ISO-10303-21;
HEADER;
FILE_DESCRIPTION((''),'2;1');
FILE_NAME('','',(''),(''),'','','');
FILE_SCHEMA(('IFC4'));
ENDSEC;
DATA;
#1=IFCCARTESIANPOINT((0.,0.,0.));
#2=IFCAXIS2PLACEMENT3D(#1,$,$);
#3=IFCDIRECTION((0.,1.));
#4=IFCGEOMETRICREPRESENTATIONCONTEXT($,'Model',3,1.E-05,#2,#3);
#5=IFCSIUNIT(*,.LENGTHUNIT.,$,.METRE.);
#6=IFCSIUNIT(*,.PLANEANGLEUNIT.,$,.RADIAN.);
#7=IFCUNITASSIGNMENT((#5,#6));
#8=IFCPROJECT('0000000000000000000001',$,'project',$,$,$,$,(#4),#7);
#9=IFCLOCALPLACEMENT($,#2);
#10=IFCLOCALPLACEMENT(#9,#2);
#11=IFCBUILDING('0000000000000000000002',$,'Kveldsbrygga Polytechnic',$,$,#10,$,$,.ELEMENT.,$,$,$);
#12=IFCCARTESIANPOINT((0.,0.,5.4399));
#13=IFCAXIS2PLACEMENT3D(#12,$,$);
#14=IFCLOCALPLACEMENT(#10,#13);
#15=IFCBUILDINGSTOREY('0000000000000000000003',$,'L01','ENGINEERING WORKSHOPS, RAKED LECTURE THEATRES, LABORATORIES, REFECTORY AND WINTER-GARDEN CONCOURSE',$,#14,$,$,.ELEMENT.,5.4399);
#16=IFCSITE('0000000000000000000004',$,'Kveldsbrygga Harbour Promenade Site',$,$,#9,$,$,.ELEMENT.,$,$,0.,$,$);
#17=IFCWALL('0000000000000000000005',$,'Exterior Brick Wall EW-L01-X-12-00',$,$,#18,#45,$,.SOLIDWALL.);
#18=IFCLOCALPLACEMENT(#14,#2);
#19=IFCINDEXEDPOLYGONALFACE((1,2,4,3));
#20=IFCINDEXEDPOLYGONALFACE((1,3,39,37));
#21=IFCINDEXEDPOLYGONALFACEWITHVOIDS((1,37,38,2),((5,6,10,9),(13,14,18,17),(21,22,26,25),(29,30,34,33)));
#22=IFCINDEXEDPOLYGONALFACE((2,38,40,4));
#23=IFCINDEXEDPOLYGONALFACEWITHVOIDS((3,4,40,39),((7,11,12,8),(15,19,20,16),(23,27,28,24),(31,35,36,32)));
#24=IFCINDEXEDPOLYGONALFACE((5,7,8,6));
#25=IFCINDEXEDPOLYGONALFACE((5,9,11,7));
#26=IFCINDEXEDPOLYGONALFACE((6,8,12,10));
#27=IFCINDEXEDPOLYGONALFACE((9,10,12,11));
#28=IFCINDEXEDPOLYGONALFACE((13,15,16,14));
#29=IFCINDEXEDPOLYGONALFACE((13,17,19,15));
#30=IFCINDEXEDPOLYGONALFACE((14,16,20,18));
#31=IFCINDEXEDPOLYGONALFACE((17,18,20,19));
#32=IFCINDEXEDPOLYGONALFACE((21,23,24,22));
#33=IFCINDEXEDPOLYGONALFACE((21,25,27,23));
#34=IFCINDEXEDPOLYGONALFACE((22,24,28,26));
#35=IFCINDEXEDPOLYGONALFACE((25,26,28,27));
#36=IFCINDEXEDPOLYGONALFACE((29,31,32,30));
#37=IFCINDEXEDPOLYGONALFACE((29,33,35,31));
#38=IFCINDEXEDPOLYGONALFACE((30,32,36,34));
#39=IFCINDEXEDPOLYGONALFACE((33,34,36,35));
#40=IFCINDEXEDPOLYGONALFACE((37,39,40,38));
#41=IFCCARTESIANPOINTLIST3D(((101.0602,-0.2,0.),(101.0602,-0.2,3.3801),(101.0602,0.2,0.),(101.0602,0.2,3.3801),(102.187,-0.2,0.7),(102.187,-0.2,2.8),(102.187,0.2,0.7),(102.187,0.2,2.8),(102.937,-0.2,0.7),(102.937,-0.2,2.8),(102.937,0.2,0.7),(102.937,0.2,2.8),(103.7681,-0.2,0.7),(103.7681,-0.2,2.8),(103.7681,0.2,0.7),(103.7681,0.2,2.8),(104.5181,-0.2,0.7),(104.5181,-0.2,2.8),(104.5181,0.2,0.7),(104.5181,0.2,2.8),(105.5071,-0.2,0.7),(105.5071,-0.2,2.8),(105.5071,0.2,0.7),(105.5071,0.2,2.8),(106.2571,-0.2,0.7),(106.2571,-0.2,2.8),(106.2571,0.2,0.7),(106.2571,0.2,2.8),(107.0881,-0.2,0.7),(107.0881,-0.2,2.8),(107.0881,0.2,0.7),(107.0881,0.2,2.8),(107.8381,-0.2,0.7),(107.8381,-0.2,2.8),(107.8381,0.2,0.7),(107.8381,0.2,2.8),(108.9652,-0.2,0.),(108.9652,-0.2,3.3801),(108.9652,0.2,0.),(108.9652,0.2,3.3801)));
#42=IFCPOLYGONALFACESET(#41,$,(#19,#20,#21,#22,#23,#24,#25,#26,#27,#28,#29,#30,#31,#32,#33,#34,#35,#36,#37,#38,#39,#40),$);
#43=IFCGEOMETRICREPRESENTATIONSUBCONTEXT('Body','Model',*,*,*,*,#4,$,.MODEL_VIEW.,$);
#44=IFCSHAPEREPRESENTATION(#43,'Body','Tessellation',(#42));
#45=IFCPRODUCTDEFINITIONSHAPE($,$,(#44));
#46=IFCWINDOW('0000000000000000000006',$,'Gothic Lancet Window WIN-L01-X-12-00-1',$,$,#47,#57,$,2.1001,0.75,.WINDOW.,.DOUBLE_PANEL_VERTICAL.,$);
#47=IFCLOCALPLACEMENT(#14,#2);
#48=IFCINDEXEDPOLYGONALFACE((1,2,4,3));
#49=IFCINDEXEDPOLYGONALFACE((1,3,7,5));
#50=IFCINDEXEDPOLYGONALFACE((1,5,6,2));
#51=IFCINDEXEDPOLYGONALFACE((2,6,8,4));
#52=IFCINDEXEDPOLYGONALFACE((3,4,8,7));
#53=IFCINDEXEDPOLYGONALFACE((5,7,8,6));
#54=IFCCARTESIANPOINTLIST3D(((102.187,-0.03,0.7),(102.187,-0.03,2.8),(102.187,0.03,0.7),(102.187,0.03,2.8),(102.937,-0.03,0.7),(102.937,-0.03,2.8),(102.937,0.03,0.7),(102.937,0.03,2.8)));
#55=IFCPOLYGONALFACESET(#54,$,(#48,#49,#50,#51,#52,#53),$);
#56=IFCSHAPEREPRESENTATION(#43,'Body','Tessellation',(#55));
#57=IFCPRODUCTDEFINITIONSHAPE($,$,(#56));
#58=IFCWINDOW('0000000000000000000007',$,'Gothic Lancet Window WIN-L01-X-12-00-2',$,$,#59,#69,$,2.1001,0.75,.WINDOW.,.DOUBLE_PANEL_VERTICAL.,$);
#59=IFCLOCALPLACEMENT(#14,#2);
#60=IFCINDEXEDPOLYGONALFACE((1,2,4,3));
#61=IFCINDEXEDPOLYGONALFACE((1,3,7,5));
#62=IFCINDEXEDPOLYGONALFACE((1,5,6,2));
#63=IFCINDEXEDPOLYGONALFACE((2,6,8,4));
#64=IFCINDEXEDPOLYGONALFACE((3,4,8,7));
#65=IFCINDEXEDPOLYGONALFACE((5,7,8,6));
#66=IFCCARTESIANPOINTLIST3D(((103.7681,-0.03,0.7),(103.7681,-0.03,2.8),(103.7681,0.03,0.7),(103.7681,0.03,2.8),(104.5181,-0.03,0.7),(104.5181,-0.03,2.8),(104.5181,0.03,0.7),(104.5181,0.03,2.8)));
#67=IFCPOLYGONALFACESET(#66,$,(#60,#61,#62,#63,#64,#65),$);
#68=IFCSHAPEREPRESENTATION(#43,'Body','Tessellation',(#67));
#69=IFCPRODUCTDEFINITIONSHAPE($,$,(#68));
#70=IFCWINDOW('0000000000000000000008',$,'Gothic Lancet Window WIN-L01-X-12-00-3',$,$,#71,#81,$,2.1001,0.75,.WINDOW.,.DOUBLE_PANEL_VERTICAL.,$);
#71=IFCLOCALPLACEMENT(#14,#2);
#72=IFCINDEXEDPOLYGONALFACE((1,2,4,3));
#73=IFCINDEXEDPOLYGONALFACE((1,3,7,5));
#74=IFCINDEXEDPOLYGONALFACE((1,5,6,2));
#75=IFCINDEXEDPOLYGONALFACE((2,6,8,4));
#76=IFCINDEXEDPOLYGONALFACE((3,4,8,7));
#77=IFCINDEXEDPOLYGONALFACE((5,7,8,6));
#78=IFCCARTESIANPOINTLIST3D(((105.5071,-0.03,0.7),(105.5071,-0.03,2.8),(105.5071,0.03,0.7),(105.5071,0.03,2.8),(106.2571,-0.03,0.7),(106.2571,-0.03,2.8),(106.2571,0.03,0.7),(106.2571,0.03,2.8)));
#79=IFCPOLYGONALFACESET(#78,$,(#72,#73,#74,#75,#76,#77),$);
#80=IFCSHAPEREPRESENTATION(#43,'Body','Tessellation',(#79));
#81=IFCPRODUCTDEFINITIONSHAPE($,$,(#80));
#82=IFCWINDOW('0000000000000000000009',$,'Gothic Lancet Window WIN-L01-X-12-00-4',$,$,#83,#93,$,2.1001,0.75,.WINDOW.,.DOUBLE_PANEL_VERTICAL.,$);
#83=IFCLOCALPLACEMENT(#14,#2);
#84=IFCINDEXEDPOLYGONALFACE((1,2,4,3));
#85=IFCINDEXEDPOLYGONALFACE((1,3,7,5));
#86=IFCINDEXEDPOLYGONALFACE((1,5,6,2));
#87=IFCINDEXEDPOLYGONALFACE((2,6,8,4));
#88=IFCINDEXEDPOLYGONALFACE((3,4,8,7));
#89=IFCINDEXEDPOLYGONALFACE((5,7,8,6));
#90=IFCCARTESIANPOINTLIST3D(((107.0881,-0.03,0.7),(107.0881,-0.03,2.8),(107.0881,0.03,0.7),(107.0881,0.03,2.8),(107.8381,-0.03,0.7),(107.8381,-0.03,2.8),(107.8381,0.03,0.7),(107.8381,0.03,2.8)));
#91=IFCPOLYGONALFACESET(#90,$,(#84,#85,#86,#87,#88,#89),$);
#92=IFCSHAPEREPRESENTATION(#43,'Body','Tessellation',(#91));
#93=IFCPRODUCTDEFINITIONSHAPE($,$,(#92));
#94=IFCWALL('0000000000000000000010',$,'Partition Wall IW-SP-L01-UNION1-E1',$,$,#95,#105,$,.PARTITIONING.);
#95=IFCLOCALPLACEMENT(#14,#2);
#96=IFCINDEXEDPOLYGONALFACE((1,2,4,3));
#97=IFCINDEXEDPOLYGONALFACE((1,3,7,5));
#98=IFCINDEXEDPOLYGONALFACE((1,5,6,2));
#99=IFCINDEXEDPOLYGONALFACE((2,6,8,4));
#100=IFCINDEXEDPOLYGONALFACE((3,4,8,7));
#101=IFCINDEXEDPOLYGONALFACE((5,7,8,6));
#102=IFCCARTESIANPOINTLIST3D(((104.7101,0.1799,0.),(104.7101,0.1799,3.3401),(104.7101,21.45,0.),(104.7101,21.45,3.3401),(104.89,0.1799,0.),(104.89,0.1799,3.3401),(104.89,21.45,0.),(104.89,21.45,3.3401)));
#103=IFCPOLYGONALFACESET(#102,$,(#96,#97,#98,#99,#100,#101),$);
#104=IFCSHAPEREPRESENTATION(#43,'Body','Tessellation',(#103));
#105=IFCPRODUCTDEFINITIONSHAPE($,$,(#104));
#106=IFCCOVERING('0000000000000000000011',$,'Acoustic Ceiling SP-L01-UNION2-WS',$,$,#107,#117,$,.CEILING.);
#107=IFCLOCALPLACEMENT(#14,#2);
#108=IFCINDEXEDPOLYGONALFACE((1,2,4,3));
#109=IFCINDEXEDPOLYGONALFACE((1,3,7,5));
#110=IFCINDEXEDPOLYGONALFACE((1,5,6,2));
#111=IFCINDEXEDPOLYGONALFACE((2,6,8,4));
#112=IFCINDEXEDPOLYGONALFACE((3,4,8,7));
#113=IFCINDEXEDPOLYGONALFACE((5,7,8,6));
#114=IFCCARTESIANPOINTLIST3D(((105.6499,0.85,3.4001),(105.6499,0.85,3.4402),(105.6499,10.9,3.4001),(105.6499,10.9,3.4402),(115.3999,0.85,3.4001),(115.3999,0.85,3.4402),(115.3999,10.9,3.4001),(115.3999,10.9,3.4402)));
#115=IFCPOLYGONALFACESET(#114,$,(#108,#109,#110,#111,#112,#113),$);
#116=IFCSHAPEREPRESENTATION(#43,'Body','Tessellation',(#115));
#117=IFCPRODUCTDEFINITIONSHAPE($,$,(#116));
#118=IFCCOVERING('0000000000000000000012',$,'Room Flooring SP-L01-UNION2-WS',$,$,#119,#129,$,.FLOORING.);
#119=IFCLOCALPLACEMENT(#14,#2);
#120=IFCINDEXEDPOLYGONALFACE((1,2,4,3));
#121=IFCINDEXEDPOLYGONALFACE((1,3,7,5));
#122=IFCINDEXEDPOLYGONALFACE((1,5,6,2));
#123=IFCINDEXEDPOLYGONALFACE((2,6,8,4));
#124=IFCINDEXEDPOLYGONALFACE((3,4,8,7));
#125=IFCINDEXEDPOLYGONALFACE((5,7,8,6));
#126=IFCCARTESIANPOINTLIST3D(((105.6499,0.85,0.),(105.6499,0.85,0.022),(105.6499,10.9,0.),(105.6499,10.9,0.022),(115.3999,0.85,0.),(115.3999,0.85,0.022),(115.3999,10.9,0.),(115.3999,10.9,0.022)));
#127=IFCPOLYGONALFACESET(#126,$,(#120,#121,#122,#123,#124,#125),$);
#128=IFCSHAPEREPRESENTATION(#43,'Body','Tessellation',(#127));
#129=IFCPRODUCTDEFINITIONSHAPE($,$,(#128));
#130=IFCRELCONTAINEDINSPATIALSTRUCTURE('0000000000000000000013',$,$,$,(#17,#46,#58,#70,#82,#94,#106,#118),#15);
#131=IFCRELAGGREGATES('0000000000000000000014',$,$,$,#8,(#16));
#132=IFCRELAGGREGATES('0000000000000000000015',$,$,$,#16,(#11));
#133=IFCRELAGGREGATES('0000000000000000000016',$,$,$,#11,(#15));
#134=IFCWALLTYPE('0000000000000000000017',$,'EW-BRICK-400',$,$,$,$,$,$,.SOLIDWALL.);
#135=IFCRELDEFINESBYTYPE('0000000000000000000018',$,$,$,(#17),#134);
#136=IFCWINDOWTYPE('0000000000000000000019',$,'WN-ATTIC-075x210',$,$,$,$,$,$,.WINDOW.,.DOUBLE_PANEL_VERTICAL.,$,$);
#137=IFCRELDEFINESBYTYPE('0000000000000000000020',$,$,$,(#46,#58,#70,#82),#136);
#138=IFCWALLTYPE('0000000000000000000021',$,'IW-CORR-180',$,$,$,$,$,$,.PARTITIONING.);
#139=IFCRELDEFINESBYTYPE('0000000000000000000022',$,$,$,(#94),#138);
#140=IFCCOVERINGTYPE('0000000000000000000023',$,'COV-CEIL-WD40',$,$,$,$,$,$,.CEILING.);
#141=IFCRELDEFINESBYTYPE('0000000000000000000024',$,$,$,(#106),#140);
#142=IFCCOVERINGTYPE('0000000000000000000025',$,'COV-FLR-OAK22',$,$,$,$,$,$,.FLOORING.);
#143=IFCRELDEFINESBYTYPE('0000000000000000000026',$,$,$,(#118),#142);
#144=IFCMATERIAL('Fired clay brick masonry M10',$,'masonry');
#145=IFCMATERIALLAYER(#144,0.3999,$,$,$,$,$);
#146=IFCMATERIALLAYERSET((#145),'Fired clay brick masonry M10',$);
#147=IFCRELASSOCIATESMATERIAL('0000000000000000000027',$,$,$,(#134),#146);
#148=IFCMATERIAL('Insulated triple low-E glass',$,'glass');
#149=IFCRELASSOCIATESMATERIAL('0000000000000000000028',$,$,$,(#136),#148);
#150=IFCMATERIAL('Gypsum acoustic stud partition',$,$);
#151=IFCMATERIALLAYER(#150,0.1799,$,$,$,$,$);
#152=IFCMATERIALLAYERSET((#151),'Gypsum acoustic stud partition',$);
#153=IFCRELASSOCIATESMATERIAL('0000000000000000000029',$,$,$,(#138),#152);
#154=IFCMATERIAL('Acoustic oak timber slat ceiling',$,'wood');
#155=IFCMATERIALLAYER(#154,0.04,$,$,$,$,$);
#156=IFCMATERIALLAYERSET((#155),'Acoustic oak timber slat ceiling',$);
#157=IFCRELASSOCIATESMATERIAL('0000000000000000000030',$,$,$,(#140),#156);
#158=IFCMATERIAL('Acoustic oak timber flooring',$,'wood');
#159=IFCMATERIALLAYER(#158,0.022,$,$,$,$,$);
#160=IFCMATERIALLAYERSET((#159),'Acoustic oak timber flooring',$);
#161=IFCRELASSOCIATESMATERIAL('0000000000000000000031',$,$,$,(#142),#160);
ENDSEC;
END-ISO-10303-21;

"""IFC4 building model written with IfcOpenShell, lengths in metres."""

from ifc_helpers import new_model, si_unit, direction, frame, frame_2d, origin, origin_2d, place, context, subcontext, project, spatial, rectangle, extrude, material, layer, layer_set, type_object, element, fill, save


model = new_model("IFC4")

# Units and contexts
model_context = context("Model", 3, precision=1e-05, world=origin(), true_north=direction((0.0, 1.0)))
body_context = subcontext(model_context, "Body", "Model", "MODEL_VIEW")
ifc_project = project(units=[si_unit("LENGTHUNIT", "METRE"), si_unit("PLANEANGLEUNIT", "RADIAN")], contexts=[model_context])

# Site, building, storey
site_placement = place(None, origin())
site = spatial("IfcSite", under=ifc_project, at=site_placement, Name="Kveldsbrygga Harbour Promenade Site", CompositionType="ELEMENT", RefElevation=0.0)
building_placement = place(site_placement, origin())
building = spatial("IfcBuilding", under=site, at=building_placement, Name="Kveldsbrygga Polytechnic", CompositionType="ELEMENT")
storey_placement = place(building_placement, frame((0.0, 0.0, 5.4399)))
storey = spatial("IfcBuildingStorey", under=building, at=storey_placement, Name="L01", Description="ENGINEERING WORKSHOPS, RAKED LECTURE THEATRES, LABORATORIES, REFECTORY AND WINTER-GARDEN CONCOURSE", CompositionType="ELEMENT", Elevation=5.4399)

# Wall, openings, windows
ifc_material_1 = material(Name="Fired clay brick masonry M10", Category="masonry")
ifc_material_2 = material(Name="Insulated triple low-E glass", Category="glass")
ifc_layer_1 = layer(ifc_material_1, 0.3999)
ifc_layer_set_1 = layer_set([ifc_layer_1], Name="Fired clay brick masonry M10")
wall_type_1 = type_object("IfcWallType", Name="EW-BRICK-400", PredefinedType="SOLIDWALL", material=ifc_layer_set_1)
wall_1_placement = place(storey_placement, frame((101.0601, 0.0, 0.0), z_axis=(0.0, 0.0, 1.0), x_axis=(1.0, 0.0, 0.0)))
wall_1 = element("IfcWall", 1, at=wall_1_placement, inside=storey, type_object=wall_type_1, Name="Exterior Brick Wall EW-L01-X-12-00", PredefinedType="SOLIDWALL", context=body_context, shape_type="SweptSolid", body=[
    extrude(rectangle(XDim=7.905, YDim=0.3999, at=frame_2d((3.9526, 0.0))), origin(), (0.0, 0.0, 1.0), 3.3801),
])
opening_1_placement = place(wall_1_placement, frame((1.127, 0.0, 0.7)))
opening_1 = element("IfcOpeningElement", 2, at=opening_1_placement, cuts=wall_1, PredefinedType="OPENING", context=body_context, shape_type="SweptSolid", body=[
    extrude(rectangle(XDim=0.75, YDim=2.1001, at=frame_2d((0.375, 1.05))), frame((0.0, 0.21, 0.0), z_axis=(0.0, -1.0, 0.0), x_axis=(1.0, 0.0, 0.0)), (0.0, 0.0, 1.0), 0.4199),
])
opening_2_placement = place(wall_1_placement, frame((2.708, 0.0, 0.7)))
opening_2 = element("IfcOpeningElement", 3, at=opening_2_placement, cuts=wall_1, PredefinedType="OPENING", context=body_context, shape_type="SweptSolid", body=[
    extrude(rectangle(XDim=0.75, YDim=2.1001, at=frame_2d((0.375, 1.05))), frame((0.0, 0.21, 0.0), z_axis=(0.0, -1.0, 0.0), x_axis=(1.0, 0.0, 0.0)), (0.0, 0.0, 1.0), 0.4199),
])
opening_3_placement = place(wall_1_placement, frame((4.447, 0.0, 0.7)))
opening_3 = element("IfcOpeningElement", 4, at=opening_3_placement, cuts=wall_1, PredefinedType="OPENING", context=body_context, shape_type="SweptSolid", body=[
    extrude(rectangle(XDim=0.75, YDim=2.1001, at=frame_2d((0.375, 1.05))), frame((0.0, 0.21, 0.0), z_axis=(0.0, -1.0, 0.0), x_axis=(1.0, 0.0, 0.0)), (0.0, 0.0, 1.0), 0.4199),
])
opening_4_placement = place(wall_1_placement, frame((6.0281, 0.0, 0.7)))
opening_4 = element("IfcOpeningElement", 5, at=opening_4_placement, cuts=wall_1, PredefinedType="OPENING", context=body_context, shape_type="SweptSolid", body=[
    extrude(rectangle(XDim=0.75, YDim=2.1001, at=frame_2d((0.375, 1.05))), frame((0.0, 0.21, 0.0), z_axis=(0.0, -1.0, 0.0), x_axis=(1.0, 0.0, 0.0)), (0.0, 0.0, 1.0), 0.4199),
])
window_type_1 = type_object("IfcWindowType", Name="WN-ATTIC-075x210", PartitioningType="DOUBLE_PANEL_VERTICAL", PredefinedType="WINDOW", material=ifc_material_2)
window_1_placement = place(opening_1_placement, origin())
window_1 = element("IfcWindow", 6, at=window_1_placement, inside=storey, type_object=window_type_1, Name="Gothic Lancet Window WIN-L01-X-12-00-1", OverallHeight=2.1001, OverallWidth=0.75, PartitioningType="DOUBLE_PANEL_VERTICAL", PredefinedType="WINDOW", context=body_context, shape_type="SweptSolid", body=[
    extrude(rectangle(XDim=0.75, YDim=2.1001, at=frame_2d((0.375, 1.05))), frame((0.0, 0.03, 0.0), z_axis=(0.0, -1.0, 0.0), x_axis=(1.0, 0.0, 0.0)), (0.0, 0.0, 1.0), 0.0601),
])
fill(opening_1, window_1)
window_2_placement = place(opening_2_placement, origin())
window_2 = element("IfcWindow", 7, at=window_2_placement, inside=storey, type_object=window_type_1, Name="Gothic Lancet Window WIN-L01-X-12-00-2", OverallHeight=2.1001, OverallWidth=0.75, PartitioningType="DOUBLE_PANEL_VERTICAL", PredefinedType="WINDOW", context=body_context, shape_type="SweptSolid", body=[
    extrude(rectangle(XDim=0.75, YDim=2.1001, at=frame_2d((0.375, 1.05))), frame((0.0, 0.03, 0.0), z_axis=(0.0, -1.0, 0.0), x_axis=(1.0, 0.0, 0.0)), (0.0, 0.0, 1.0), 0.0601),
])
fill(opening_2, window_2)
window_3_placement = place(opening_3_placement, origin())
window_3 = element("IfcWindow", 8, at=window_3_placement, inside=storey, type_object=window_type_1, Name="Gothic Lancet Window WIN-L01-X-12-00-3", OverallHeight=2.1001, OverallWidth=0.75, PartitioningType="DOUBLE_PANEL_VERTICAL", PredefinedType="WINDOW", context=body_context, shape_type="SweptSolid", body=[
    extrude(rectangle(XDim=0.75, YDim=2.1001, at=frame_2d((0.375, 1.05))), frame((0.0, 0.03, 0.0), z_axis=(0.0, -1.0, 0.0), x_axis=(1.0, 0.0, 0.0)), (0.0, 0.0, 1.0), 0.0601),
])
fill(opening_3, window_3)
window_4_placement = place(opening_4_placement, origin())
window_4 = element("IfcWindow", 9, at=window_4_placement, inside=storey, type_object=window_type_1, Name="Gothic Lancet Window WIN-L01-X-12-00-4", OverallHeight=2.1001, OverallWidth=0.75, PartitioningType="DOUBLE_PANEL_VERTICAL", PredefinedType="WINDOW", context=body_context, shape_type="SweptSolid", body=[
    extrude(rectangle(XDim=0.75, YDim=2.1001, at=frame_2d((0.375, 1.05))), frame((0.0, 0.03, 0.0), z_axis=(0.0, -1.0, 0.0), x_axis=(1.0, 0.0, 0.0)), (0.0, 0.0, 1.0), 0.0601),
])
fill(opening_4, window_4)

# Wall
ifc_material_3 = material(Name="Gypsum acoustic stud partition")
ifc_layer_2 = layer(ifc_material_3, 0.1799)
ifc_layer_set_2 = layer_set([ifc_layer_2], Name="Gypsum acoustic stud partition")
wall_type_2 = type_object("IfcWallType", Name="IW-CORR-180", PredefinedType="PARTITIONING", material=ifc_layer_set_2)
wall_2_placement = place(storey_placement, frame((104.8, 0.1799, 0.0), z_axis=(0.0, 0.0, 1.0), x_axis=(0.0, 1.0, 0.0)))
element("IfcWall", 10, at=wall_2_placement, inside=storey, type_object=wall_type_2, Name="Partition Wall IW-SP-L01-UNION1-E1", PredefinedType="PARTITIONING", context=body_context, shape_type="SweptSolid", body=[
    extrude(rectangle(XDim=21.27, YDim=0.1799, at=frame_2d((10.635, 0.0))), origin(), (0.0, 0.0, 1.0), 3.3401),
])

# Coverings
ifc_material_4 = material(Name="Acoustic oak timber slat ceiling", Category="wood")
ifc_layer_3 = layer(ifc_material_4, 0.04)
ifc_layer_set_3 = layer_set([ifc_layer_3], Name="Acoustic oak timber slat ceiling")
covering_type_1 = type_object("IfcCoveringType", Name="COV-CEIL-WD40", PredefinedType="CEILING", material=ifc_layer_set_3)
covering_1_placement = place(storey_placement, frame((110.5249, 5.875, 3.4001), z_axis=(0.0, 0.0, 1.0), x_axis=(1.0, 0.0, 0.0)))
element("IfcCovering", 11, at=covering_1_placement, inside=storey, type_object=covering_type_1, Name="Acoustic Ceiling SP-L01-UNION2-WS", PredefinedType="CEILING", context=body_context, shape_type="SweptSolid", body=[
    extrude(rectangle(XDim=9.75, YDim=10.05, at=origin_2d()), origin(), (0.0, 0.0, 1.0), 0.04),
])
ifc_material_5 = material(Name="Acoustic oak timber flooring", Category="wood")
ifc_layer_4 = layer(ifc_material_5, 0.022)
ifc_layer_set_4 = layer_set([ifc_layer_4], Name="Acoustic oak timber flooring")
covering_type_2 = type_object("IfcCoveringType", Name="COV-FLR-OAK22", PredefinedType="FLOORING", material=ifc_layer_set_4)
covering_2_placement = place(storey_placement, frame((110.5249, 5.875, 0.0), z_axis=(0.0, 0.0, 1.0), x_axis=(1.0, 0.0, 0.0)))
element("IfcCovering", 12, at=covering_2_placement, inside=storey, type_object=covering_type_2, Name="Room Flooring SP-L01-UNION2-WS", PredefinedType="FLOORING", context=body_context, shape_type="SweptSolid", body=[
    extrude(rectangle(XDim=9.75, YDim=10.05, at=origin_2d()), origin(), (0.0, 0.0, 1.0), 0.022),
])

save(model, "model.ifc")
